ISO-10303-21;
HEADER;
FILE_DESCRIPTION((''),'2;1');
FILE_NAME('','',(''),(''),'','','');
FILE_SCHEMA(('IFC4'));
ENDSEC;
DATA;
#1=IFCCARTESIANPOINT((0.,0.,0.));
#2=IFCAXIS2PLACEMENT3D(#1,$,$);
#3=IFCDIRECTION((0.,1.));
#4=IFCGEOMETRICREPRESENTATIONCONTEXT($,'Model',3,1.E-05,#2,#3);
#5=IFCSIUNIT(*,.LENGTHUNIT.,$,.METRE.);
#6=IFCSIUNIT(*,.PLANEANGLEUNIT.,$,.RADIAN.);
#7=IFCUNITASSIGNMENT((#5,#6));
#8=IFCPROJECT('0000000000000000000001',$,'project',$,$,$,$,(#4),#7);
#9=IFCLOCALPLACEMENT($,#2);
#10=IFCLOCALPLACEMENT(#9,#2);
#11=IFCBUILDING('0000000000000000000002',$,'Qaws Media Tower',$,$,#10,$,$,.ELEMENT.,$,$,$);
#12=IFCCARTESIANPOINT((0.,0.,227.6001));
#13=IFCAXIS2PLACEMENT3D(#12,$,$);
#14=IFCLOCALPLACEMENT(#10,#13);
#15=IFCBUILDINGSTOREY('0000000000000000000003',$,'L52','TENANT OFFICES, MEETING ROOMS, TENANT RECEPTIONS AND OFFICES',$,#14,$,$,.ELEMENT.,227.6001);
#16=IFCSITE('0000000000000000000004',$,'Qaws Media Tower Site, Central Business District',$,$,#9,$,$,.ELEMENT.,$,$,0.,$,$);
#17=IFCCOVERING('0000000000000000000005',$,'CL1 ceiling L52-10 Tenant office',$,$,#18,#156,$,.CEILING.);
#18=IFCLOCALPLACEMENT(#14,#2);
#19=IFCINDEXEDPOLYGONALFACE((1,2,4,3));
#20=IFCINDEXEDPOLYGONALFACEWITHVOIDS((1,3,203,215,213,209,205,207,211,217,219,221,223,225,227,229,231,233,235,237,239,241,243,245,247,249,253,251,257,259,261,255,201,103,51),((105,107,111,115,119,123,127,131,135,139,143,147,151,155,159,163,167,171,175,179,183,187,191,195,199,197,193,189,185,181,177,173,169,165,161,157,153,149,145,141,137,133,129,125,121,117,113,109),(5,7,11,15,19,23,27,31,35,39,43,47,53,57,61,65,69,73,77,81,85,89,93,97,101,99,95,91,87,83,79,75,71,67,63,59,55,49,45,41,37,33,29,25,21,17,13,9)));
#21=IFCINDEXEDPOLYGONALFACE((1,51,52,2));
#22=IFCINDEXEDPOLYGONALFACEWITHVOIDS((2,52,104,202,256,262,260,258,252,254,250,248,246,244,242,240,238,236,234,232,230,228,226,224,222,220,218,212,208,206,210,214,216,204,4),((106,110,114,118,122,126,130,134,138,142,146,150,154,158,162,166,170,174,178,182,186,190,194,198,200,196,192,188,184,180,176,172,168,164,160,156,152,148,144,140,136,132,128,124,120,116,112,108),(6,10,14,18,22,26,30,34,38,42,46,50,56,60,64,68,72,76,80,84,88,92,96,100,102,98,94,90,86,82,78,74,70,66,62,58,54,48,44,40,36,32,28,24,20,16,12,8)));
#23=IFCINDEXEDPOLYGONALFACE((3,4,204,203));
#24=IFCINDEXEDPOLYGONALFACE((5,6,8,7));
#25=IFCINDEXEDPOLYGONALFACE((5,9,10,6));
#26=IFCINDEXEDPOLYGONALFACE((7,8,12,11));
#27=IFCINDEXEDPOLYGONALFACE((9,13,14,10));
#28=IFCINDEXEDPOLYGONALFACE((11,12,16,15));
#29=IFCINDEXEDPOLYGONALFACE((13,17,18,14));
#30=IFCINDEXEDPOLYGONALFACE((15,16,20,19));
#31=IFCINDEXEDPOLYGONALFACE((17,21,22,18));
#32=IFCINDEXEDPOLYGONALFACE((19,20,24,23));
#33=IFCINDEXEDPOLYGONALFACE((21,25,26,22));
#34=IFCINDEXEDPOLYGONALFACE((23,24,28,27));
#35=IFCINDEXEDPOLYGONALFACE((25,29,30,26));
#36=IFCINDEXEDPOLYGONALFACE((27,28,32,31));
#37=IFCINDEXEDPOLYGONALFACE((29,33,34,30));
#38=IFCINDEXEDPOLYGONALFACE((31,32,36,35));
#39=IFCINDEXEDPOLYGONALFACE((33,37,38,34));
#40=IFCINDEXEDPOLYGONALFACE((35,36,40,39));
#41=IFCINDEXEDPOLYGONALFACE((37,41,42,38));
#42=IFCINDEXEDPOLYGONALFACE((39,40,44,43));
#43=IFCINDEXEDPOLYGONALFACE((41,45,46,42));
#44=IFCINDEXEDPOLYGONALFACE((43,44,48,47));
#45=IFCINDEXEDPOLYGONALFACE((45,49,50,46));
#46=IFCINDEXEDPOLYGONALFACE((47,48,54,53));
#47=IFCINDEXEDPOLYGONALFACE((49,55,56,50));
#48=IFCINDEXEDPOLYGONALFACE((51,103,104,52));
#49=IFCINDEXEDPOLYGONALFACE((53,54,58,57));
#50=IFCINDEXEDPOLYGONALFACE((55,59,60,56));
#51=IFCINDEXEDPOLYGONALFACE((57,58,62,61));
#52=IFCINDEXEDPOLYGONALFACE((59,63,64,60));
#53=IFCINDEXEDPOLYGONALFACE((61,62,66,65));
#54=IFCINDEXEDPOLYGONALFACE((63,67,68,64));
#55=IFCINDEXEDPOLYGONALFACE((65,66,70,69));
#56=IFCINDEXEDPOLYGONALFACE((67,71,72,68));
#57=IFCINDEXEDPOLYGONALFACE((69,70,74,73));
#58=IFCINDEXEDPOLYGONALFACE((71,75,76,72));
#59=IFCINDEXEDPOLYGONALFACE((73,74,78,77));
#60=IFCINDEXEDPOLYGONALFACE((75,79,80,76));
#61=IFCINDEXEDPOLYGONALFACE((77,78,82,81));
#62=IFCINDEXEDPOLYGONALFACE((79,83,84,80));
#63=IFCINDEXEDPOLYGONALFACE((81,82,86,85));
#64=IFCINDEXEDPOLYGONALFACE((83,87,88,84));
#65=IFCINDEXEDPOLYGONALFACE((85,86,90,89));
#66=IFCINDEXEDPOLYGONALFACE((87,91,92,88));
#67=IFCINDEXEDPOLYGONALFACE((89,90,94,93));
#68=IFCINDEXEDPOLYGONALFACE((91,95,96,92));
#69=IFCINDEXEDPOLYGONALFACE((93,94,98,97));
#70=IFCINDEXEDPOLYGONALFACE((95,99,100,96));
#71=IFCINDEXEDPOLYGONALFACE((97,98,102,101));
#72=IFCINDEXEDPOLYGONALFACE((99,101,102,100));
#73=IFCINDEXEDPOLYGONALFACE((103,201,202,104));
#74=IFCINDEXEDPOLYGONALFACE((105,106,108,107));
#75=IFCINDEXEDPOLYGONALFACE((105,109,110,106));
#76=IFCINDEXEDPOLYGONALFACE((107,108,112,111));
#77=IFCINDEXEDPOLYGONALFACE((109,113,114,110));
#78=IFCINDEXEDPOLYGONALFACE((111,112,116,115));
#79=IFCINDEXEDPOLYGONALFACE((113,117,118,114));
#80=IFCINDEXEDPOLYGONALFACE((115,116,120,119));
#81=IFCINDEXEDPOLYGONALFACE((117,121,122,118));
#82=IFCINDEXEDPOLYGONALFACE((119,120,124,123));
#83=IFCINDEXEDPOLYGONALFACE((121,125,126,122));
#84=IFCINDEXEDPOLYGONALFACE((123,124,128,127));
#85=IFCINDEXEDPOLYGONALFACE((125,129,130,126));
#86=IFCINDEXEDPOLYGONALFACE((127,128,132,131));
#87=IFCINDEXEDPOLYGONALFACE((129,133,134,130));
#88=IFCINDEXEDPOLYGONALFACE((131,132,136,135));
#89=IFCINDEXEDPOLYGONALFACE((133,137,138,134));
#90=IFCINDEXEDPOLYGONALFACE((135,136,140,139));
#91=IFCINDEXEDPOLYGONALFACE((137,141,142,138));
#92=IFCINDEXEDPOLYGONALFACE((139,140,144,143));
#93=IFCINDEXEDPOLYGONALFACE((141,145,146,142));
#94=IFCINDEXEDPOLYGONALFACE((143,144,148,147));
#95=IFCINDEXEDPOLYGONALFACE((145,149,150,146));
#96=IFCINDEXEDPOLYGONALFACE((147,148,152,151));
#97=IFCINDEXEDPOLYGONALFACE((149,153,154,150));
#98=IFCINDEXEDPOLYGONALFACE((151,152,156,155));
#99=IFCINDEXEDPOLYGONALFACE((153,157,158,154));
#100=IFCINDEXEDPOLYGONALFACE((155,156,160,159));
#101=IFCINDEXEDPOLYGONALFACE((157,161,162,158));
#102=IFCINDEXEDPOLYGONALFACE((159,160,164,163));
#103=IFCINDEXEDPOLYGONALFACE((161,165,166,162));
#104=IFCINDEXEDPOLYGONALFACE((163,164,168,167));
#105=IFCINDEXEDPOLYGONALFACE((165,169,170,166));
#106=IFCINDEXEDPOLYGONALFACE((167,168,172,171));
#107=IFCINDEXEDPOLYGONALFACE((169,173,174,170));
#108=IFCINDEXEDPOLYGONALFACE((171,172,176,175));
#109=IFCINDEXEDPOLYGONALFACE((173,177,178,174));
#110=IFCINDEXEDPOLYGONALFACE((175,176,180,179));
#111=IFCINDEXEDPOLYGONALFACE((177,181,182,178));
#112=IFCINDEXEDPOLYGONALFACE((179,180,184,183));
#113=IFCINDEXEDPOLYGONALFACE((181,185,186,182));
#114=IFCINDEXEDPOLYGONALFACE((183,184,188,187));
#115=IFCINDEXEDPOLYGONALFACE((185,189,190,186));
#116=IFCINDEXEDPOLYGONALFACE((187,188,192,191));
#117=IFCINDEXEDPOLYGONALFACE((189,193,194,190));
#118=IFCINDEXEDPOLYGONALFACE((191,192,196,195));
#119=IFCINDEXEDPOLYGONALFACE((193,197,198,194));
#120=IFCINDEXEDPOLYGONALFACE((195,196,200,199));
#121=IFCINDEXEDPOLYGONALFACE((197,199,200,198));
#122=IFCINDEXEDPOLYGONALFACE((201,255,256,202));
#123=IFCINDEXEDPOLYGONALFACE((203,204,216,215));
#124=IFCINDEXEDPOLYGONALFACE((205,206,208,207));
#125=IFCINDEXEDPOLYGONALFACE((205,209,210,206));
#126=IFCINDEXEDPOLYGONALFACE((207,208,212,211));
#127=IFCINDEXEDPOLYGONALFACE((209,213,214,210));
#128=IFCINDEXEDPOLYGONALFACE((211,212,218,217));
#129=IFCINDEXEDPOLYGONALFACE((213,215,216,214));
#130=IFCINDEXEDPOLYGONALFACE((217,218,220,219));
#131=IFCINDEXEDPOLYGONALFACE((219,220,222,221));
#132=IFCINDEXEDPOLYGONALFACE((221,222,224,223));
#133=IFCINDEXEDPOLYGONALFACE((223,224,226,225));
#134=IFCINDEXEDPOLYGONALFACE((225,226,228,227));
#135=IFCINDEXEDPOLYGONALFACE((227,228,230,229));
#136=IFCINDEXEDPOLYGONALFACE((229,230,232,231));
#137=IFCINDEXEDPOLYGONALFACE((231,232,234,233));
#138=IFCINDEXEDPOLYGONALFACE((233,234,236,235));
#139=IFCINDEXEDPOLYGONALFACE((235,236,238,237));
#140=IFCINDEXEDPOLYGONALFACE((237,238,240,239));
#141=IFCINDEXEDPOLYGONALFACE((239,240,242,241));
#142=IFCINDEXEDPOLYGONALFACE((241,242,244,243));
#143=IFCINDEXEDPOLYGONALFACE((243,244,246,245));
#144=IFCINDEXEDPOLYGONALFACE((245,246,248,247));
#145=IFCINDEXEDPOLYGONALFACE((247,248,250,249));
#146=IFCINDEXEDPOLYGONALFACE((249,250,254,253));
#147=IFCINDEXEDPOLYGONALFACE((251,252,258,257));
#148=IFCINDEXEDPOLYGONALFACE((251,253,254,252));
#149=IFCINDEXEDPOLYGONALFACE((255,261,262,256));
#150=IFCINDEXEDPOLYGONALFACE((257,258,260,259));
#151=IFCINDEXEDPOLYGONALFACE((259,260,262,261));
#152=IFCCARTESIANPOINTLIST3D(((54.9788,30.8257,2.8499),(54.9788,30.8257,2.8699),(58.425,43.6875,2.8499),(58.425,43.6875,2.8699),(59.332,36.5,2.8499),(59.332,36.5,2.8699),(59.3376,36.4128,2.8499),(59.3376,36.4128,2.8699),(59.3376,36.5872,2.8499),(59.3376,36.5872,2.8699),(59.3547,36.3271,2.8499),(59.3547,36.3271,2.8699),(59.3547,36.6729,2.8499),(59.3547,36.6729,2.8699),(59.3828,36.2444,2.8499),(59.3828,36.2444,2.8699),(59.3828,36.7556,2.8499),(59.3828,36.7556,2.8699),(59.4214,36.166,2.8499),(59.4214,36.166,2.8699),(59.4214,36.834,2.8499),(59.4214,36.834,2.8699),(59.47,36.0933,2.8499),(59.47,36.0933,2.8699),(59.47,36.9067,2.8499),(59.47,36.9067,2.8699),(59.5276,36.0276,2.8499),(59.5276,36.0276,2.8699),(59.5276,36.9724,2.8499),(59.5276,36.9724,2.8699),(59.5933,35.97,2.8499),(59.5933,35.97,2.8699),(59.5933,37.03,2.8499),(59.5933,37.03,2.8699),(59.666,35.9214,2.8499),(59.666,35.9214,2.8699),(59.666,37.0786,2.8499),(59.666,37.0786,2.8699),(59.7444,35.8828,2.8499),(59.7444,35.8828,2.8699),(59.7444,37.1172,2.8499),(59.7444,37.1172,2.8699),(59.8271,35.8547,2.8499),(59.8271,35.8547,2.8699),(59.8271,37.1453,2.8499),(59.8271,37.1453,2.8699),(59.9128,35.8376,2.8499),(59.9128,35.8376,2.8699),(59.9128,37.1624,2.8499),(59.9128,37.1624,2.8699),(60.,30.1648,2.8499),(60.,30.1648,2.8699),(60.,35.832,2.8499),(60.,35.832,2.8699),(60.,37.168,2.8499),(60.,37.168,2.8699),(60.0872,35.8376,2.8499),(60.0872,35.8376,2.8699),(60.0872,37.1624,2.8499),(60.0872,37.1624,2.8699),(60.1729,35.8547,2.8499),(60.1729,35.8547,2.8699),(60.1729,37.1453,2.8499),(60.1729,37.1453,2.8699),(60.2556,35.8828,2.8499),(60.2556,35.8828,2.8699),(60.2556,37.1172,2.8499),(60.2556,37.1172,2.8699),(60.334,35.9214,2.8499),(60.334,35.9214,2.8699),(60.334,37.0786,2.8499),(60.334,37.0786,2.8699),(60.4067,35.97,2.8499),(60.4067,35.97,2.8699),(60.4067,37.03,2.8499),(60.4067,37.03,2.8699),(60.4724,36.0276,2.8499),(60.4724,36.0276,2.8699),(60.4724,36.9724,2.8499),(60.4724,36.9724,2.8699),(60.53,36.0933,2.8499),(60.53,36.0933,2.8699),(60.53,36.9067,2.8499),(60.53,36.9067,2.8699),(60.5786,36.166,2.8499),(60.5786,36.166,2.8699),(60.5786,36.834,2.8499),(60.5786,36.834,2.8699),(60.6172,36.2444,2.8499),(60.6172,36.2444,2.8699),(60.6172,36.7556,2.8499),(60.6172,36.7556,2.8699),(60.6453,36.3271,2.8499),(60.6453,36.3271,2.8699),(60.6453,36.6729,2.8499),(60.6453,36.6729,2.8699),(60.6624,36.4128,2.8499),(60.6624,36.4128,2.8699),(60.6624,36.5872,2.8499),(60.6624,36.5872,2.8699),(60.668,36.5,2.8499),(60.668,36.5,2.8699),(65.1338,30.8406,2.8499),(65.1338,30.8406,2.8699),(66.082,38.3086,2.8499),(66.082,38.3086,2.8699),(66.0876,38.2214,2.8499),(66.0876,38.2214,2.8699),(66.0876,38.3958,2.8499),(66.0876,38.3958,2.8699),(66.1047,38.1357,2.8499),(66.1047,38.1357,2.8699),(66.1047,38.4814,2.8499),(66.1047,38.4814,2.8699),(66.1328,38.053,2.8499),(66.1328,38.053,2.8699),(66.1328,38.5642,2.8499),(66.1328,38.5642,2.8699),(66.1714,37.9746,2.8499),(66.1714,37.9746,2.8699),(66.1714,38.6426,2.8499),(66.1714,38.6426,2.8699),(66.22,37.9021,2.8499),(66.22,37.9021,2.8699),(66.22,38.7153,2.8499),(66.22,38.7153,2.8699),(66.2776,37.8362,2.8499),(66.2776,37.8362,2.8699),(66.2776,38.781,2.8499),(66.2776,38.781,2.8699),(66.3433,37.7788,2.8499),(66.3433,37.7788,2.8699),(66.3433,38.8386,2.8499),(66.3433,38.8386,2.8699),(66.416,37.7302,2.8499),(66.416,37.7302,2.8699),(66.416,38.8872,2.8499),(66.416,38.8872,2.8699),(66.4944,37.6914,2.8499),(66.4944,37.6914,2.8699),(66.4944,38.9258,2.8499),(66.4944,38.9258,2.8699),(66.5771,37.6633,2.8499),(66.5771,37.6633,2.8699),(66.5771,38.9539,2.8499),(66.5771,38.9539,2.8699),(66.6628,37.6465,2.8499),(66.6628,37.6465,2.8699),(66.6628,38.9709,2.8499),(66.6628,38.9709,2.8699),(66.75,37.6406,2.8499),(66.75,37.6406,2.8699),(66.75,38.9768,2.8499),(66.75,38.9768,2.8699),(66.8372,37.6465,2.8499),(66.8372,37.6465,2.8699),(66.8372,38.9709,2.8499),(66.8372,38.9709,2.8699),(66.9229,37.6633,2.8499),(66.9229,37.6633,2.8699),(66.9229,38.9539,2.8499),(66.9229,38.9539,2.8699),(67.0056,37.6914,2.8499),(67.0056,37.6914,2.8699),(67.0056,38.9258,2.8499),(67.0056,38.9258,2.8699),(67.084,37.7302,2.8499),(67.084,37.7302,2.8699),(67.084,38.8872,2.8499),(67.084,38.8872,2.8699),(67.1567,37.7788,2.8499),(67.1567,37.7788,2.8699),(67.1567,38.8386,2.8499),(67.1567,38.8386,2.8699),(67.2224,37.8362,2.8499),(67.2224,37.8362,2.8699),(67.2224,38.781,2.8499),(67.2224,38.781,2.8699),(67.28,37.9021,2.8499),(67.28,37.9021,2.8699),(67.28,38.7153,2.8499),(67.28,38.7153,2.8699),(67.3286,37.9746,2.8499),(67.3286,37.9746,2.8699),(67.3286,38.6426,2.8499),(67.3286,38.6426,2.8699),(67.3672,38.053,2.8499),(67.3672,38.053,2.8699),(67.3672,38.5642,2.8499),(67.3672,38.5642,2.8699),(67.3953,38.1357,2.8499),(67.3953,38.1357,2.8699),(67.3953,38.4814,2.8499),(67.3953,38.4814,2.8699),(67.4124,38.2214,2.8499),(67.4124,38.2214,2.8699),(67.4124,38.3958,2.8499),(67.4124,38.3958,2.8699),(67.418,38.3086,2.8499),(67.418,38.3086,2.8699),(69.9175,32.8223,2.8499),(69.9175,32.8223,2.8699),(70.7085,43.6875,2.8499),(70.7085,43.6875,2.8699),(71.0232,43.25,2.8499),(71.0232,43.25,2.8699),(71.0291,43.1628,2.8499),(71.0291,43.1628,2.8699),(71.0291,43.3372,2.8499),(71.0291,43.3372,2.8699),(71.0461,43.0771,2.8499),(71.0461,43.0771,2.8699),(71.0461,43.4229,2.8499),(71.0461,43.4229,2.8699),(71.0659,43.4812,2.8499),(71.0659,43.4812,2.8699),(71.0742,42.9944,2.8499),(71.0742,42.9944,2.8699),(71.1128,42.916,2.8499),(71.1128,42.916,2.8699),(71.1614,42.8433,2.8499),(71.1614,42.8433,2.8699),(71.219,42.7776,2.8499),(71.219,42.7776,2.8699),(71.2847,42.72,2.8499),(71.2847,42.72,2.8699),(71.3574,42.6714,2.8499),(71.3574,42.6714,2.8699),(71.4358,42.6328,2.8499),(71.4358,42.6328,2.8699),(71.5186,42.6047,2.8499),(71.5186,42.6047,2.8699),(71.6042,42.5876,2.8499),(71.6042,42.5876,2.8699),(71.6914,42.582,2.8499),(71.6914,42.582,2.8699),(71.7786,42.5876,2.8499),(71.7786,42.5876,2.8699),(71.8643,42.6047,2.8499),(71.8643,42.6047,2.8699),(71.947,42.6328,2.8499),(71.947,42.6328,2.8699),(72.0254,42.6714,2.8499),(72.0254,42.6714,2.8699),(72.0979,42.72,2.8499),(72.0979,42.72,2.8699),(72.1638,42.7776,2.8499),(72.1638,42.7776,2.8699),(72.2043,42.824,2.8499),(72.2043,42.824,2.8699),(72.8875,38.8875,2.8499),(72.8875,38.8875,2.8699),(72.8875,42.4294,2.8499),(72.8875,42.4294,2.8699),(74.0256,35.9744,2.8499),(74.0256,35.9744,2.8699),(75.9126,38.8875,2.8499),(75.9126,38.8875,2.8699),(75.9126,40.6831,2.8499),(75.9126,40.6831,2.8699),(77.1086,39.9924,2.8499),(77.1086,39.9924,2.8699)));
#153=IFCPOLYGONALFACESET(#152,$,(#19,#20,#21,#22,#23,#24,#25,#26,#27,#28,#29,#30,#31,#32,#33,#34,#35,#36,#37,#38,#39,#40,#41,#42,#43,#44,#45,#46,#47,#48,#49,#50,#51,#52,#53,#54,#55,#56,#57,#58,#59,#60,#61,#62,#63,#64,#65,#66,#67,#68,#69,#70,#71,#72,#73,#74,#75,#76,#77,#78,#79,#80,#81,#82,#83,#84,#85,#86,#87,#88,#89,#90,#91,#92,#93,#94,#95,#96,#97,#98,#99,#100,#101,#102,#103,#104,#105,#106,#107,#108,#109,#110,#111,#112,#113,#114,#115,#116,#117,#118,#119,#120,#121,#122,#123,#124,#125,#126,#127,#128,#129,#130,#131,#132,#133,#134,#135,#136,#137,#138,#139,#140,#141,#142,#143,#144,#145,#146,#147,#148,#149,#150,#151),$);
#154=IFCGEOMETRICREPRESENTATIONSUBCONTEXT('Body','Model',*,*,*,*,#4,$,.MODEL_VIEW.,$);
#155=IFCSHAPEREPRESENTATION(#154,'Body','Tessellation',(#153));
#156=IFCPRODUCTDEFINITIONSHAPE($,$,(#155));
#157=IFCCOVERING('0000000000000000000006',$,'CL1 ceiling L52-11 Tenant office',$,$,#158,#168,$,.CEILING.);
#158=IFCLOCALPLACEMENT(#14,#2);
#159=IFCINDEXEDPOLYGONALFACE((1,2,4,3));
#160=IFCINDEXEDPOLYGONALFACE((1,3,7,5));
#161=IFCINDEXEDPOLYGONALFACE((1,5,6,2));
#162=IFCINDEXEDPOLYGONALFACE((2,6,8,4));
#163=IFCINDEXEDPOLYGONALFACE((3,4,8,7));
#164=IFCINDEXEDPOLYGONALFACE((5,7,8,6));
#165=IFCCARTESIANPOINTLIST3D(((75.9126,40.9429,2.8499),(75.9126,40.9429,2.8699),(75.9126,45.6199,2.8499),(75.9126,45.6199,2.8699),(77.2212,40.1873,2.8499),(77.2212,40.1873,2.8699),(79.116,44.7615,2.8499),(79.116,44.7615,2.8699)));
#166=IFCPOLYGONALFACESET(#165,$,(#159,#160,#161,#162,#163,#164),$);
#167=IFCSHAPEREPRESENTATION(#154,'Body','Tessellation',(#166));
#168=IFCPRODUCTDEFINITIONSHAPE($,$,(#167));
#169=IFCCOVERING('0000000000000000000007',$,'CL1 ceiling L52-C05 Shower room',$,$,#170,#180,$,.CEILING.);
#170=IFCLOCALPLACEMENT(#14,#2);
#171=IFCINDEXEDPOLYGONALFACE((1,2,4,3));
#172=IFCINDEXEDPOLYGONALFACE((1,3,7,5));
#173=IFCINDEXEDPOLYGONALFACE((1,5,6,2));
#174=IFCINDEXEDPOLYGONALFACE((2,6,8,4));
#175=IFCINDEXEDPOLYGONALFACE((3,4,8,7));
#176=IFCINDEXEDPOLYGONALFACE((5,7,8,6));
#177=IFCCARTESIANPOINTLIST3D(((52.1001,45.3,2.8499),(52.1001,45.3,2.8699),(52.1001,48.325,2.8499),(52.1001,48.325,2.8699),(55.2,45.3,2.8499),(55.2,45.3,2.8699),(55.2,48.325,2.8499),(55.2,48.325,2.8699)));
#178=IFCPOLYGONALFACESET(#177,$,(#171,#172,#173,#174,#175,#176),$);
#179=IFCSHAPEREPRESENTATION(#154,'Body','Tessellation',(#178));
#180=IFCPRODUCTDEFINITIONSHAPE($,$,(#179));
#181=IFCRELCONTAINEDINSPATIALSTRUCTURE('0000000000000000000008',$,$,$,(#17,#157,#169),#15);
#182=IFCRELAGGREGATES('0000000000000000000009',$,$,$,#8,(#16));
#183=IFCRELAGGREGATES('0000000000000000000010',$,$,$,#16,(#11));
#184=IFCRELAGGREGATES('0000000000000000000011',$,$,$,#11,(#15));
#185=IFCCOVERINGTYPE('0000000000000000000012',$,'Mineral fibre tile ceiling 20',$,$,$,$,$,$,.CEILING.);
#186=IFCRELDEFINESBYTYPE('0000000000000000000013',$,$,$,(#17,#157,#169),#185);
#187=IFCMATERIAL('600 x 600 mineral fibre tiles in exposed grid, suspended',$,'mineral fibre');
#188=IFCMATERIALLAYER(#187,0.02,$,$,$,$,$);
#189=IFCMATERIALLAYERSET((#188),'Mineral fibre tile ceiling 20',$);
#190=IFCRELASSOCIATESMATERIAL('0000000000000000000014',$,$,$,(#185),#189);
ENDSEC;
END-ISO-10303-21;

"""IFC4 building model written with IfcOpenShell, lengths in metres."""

from ifc_helpers import new_model, si_unit, direction, frame, origin, place, context, subcontext, project, spatial, polyline, outline, extrude, material, layer, layer_set, type_object, element, save


model = new_model("IFC4")

# Units and contexts
model_context = context("Model", 3, precision=1e-05, world=origin(), true_north=direction((0.0, 1.0)))
body_context = subcontext(model_context, "Body", "Model", "MODEL_VIEW")
ifc_project = project(units=[si_unit("LENGTHUNIT", "METRE"), si_unit("PLANEANGLEUNIT", "RADIAN")], contexts=[model_context])

# Site, building, storey
site_placement = place(None, origin())
site = spatial("IfcSite", under=ifc_project, at=site_placement, Name="Qaws Media Tower Site, Central Business District", CompositionType="ELEMENT", RefElevation=0.0)
building_placement = place(site_placement, origin())
building = spatial("IfcBuilding", under=site, at=building_placement, Name="Qaws Media Tower", CompositionType="ELEMENT")
storey_placement = place(building_placement, frame((0.0, 0.0, 227.6001)))
storey = spatial("IfcBuildingStorey", under=building, at=storey_placement, Name="L52", Description="TENANT OFFICES, MEETING ROOMS, TENANT RECEPTIONS AND OFFICES", CompositionType="ELEMENT", Elevation=227.6001)

# Coverings
ifc_material_1 = material(Name="600 x 600 mineral fibre tiles in exposed grid, suspended", Category="mineral fibre")
ifc_layer_1 = layer(ifc_material_1, 0.02)
ifc_layer_set_1 = layer_set([ifc_layer_1], Name="Mineral fibre tile ceiling 20")
covering_type_1 = type_object("IfcCoveringType", Name="Mineral fibre tile ceiling 20", PredefinedType="CEILING", material=ifc_layer_set_1)
covering_1_placement = place(storey_placement, frame((0.0, 0.0, 2.8499)))
element("IfcCovering", 1, at=covering_1_placement, inside=storey, type_object=covering_type_1, Name="CL1 ceiling L52-10 Tenant office", PredefinedType="CEILING", context=body_context, shape_type="SweptSolid", body=[
    extrude(outline(polyline([(72.8875, 38.8875), (75.9126, 38.8875), (75.9126, 40.6831), (77.1086, 39.9924), (74.0256, 35.9744), (69.9175, 32.8223), (65.1338, 30.8406), (60.0, 30.1648), (54.9788, 30.8257), (58.425, 43.6875), (70.7085, 43.6875), (71.0659, 43.4812), (71.0461, 43.4229), (71.0291, 43.3372), (71.0232, 43.25), (71.0291, 43.1628), (71.0461, 43.0771), (71.0742, 42.9944), (71.1128, 42.916), (71.1614, 42.8433), (71.219, 42.7776), (71.2847, 42.72), (71.3574, 42.6714), (71.4358, 42.6328), (71.5186, 42.6047), (71.6042, 42.5876), (71.6914, 42.582), (71.7786, 42.5876), (71.8643, 42.6047), (71.947, 42.6328), (72.0254, 42.6714), (72.0979, 42.72), (72.1638, 42.7776), (72.2043, 42.824), (72.8875, 42.4294), (72.8875, 38.8875)]), holes=[polyline([(60.6453, 36.3271), (60.6624, 36.4128), (60.668, 36.5), (60.6624, 36.5872), (60.6453, 36.6729), (60.6172, 36.7556), (60.5786, 36.834), (60.53, 36.9067), (60.4724, 36.9724), (60.4067, 37.03), (60.334, 37.0786), (60.2556, 37.1172), (60.1729, 37.1453), (60.0872, 37.1624), (60.0, 37.168), (59.9128, 37.1624), (59.8271, 37.1453), (59.7444, 37.1172), (59.666, 37.0786), (59.5933, 37.03), (59.5276, 36.9724), (59.47, 36.9067), (59.4214, 36.834), (59.3828, 36.7556), (59.3547, 36.6729), (59.3376, 36.5872), (59.332, 36.5), (59.3376, 36.4128), (59.3547, 36.3271), (59.3828, 36.2444), (59.4214, 36.166), (59.47, 36.0933), (59.5276, 36.0276), (59.5933, 35.97), (59.666, 35.9214), (59.7444, 35.8828), (59.8271, 35.8547), (59.9128, 35.8376), (60.0, 35.832), (60.0872, 35.8376), (60.1729, 35.8547), (60.2556, 35.8828), (60.334, 35.9214), (60.4067, 35.97), (60.4724, 36.0276), (60.53, 36.0933), (60.5786, 36.166), (60.6172, 36.2444), (60.6453, 36.3271)]), polyline([(67.3672, 38.053), (67.3953, 38.1357), (67.4124, 38.2214), (67.418, 38.3086), (67.4124, 38.3958), (67.3953, 38.4814), (67.3672, 38.5642), (67.3286, 38.6426), (67.28, 38.7153), (67.2224, 38.781), (67.1567, 38.8386), (67.084, 38.8872), (67.0056, 38.9258), (66.9229, 38.9539), (66.8372, 38.9709), (66.75, 38.9768), (66.6628, 38.9709), (66.5771, 38.9539), (66.4944, 38.9258), (66.416, 38.8872), (66.3433, 38.8386), (66.2776, 38.781), (66.22, 38.7153), (66.1714, 38.6426), (66.1328, 38.5642), (66.1047, 38.4814), (66.0876, 38.3958), (66.082, 38.3086), (66.0876, 38.2214), (66.1047, 38.1357), (66.1328, 38.053), (66.1714, 37.9746), (66.22, 37.9021), (66.2776, 37.8362), (66.3433, 37.7788), (66.416, 37.7302), (66.4944, 37.6914), (66.5771, 37.6633), (66.6628, 37.6465), (66.75, 37.6406), (66.8372, 37.6465), (66.9229, 37.6633), (67.0056, 37.6914), (67.084, 37.7302), (67.1567, 37.7788), (67.2224, 37.8362), (67.28, 37.9021), (67.3286, 37.9746), (67.3672, 38.053)])]), origin(), (0.0, 0.0, 1.0), 0.02),
])
covering_2_placement = place(storey_placement, frame((0.0, 0.0, 2.8499)))
element("IfcCovering", 2, at=covering_2_placement, inside=storey, type_object=covering_type_1, Name="CL1 ceiling L52-11 Tenant office", PredefinedType="CEILING", context=body_context, shape_type="SweptSolid", body=[
    extrude(outline(polyline([(77.2212, 40.1873), (75.9126, 40.9429), (75.9126, 45.6199), (79.116, 44.7615), (77.2212, 40.1873)])), origin(), (0.0, 0.0, 1.0), 0.02),
])
covering_3_placement = place(storey_placement, frame((0.0, 0.0, 2.8499)))
element("IfcCovering", 3, at=covering_3_placement, inside=storey, type_object=covering_type_1, Name="CL1 ceiling L52-C05 Shower room", PredefinedType="CEILING", context=body_context, shape_type="SweptSolid", body=[
    extrude(outline(polyline([(52.1001, 45.3), (52.1001, 48.325), (55.2, 48.325), (55.2, 45.3), (52.1001, 45.3)])), origin(), (0.0, 0.0, 1.0), 0.02),
])

save(model, "model.ifc")
